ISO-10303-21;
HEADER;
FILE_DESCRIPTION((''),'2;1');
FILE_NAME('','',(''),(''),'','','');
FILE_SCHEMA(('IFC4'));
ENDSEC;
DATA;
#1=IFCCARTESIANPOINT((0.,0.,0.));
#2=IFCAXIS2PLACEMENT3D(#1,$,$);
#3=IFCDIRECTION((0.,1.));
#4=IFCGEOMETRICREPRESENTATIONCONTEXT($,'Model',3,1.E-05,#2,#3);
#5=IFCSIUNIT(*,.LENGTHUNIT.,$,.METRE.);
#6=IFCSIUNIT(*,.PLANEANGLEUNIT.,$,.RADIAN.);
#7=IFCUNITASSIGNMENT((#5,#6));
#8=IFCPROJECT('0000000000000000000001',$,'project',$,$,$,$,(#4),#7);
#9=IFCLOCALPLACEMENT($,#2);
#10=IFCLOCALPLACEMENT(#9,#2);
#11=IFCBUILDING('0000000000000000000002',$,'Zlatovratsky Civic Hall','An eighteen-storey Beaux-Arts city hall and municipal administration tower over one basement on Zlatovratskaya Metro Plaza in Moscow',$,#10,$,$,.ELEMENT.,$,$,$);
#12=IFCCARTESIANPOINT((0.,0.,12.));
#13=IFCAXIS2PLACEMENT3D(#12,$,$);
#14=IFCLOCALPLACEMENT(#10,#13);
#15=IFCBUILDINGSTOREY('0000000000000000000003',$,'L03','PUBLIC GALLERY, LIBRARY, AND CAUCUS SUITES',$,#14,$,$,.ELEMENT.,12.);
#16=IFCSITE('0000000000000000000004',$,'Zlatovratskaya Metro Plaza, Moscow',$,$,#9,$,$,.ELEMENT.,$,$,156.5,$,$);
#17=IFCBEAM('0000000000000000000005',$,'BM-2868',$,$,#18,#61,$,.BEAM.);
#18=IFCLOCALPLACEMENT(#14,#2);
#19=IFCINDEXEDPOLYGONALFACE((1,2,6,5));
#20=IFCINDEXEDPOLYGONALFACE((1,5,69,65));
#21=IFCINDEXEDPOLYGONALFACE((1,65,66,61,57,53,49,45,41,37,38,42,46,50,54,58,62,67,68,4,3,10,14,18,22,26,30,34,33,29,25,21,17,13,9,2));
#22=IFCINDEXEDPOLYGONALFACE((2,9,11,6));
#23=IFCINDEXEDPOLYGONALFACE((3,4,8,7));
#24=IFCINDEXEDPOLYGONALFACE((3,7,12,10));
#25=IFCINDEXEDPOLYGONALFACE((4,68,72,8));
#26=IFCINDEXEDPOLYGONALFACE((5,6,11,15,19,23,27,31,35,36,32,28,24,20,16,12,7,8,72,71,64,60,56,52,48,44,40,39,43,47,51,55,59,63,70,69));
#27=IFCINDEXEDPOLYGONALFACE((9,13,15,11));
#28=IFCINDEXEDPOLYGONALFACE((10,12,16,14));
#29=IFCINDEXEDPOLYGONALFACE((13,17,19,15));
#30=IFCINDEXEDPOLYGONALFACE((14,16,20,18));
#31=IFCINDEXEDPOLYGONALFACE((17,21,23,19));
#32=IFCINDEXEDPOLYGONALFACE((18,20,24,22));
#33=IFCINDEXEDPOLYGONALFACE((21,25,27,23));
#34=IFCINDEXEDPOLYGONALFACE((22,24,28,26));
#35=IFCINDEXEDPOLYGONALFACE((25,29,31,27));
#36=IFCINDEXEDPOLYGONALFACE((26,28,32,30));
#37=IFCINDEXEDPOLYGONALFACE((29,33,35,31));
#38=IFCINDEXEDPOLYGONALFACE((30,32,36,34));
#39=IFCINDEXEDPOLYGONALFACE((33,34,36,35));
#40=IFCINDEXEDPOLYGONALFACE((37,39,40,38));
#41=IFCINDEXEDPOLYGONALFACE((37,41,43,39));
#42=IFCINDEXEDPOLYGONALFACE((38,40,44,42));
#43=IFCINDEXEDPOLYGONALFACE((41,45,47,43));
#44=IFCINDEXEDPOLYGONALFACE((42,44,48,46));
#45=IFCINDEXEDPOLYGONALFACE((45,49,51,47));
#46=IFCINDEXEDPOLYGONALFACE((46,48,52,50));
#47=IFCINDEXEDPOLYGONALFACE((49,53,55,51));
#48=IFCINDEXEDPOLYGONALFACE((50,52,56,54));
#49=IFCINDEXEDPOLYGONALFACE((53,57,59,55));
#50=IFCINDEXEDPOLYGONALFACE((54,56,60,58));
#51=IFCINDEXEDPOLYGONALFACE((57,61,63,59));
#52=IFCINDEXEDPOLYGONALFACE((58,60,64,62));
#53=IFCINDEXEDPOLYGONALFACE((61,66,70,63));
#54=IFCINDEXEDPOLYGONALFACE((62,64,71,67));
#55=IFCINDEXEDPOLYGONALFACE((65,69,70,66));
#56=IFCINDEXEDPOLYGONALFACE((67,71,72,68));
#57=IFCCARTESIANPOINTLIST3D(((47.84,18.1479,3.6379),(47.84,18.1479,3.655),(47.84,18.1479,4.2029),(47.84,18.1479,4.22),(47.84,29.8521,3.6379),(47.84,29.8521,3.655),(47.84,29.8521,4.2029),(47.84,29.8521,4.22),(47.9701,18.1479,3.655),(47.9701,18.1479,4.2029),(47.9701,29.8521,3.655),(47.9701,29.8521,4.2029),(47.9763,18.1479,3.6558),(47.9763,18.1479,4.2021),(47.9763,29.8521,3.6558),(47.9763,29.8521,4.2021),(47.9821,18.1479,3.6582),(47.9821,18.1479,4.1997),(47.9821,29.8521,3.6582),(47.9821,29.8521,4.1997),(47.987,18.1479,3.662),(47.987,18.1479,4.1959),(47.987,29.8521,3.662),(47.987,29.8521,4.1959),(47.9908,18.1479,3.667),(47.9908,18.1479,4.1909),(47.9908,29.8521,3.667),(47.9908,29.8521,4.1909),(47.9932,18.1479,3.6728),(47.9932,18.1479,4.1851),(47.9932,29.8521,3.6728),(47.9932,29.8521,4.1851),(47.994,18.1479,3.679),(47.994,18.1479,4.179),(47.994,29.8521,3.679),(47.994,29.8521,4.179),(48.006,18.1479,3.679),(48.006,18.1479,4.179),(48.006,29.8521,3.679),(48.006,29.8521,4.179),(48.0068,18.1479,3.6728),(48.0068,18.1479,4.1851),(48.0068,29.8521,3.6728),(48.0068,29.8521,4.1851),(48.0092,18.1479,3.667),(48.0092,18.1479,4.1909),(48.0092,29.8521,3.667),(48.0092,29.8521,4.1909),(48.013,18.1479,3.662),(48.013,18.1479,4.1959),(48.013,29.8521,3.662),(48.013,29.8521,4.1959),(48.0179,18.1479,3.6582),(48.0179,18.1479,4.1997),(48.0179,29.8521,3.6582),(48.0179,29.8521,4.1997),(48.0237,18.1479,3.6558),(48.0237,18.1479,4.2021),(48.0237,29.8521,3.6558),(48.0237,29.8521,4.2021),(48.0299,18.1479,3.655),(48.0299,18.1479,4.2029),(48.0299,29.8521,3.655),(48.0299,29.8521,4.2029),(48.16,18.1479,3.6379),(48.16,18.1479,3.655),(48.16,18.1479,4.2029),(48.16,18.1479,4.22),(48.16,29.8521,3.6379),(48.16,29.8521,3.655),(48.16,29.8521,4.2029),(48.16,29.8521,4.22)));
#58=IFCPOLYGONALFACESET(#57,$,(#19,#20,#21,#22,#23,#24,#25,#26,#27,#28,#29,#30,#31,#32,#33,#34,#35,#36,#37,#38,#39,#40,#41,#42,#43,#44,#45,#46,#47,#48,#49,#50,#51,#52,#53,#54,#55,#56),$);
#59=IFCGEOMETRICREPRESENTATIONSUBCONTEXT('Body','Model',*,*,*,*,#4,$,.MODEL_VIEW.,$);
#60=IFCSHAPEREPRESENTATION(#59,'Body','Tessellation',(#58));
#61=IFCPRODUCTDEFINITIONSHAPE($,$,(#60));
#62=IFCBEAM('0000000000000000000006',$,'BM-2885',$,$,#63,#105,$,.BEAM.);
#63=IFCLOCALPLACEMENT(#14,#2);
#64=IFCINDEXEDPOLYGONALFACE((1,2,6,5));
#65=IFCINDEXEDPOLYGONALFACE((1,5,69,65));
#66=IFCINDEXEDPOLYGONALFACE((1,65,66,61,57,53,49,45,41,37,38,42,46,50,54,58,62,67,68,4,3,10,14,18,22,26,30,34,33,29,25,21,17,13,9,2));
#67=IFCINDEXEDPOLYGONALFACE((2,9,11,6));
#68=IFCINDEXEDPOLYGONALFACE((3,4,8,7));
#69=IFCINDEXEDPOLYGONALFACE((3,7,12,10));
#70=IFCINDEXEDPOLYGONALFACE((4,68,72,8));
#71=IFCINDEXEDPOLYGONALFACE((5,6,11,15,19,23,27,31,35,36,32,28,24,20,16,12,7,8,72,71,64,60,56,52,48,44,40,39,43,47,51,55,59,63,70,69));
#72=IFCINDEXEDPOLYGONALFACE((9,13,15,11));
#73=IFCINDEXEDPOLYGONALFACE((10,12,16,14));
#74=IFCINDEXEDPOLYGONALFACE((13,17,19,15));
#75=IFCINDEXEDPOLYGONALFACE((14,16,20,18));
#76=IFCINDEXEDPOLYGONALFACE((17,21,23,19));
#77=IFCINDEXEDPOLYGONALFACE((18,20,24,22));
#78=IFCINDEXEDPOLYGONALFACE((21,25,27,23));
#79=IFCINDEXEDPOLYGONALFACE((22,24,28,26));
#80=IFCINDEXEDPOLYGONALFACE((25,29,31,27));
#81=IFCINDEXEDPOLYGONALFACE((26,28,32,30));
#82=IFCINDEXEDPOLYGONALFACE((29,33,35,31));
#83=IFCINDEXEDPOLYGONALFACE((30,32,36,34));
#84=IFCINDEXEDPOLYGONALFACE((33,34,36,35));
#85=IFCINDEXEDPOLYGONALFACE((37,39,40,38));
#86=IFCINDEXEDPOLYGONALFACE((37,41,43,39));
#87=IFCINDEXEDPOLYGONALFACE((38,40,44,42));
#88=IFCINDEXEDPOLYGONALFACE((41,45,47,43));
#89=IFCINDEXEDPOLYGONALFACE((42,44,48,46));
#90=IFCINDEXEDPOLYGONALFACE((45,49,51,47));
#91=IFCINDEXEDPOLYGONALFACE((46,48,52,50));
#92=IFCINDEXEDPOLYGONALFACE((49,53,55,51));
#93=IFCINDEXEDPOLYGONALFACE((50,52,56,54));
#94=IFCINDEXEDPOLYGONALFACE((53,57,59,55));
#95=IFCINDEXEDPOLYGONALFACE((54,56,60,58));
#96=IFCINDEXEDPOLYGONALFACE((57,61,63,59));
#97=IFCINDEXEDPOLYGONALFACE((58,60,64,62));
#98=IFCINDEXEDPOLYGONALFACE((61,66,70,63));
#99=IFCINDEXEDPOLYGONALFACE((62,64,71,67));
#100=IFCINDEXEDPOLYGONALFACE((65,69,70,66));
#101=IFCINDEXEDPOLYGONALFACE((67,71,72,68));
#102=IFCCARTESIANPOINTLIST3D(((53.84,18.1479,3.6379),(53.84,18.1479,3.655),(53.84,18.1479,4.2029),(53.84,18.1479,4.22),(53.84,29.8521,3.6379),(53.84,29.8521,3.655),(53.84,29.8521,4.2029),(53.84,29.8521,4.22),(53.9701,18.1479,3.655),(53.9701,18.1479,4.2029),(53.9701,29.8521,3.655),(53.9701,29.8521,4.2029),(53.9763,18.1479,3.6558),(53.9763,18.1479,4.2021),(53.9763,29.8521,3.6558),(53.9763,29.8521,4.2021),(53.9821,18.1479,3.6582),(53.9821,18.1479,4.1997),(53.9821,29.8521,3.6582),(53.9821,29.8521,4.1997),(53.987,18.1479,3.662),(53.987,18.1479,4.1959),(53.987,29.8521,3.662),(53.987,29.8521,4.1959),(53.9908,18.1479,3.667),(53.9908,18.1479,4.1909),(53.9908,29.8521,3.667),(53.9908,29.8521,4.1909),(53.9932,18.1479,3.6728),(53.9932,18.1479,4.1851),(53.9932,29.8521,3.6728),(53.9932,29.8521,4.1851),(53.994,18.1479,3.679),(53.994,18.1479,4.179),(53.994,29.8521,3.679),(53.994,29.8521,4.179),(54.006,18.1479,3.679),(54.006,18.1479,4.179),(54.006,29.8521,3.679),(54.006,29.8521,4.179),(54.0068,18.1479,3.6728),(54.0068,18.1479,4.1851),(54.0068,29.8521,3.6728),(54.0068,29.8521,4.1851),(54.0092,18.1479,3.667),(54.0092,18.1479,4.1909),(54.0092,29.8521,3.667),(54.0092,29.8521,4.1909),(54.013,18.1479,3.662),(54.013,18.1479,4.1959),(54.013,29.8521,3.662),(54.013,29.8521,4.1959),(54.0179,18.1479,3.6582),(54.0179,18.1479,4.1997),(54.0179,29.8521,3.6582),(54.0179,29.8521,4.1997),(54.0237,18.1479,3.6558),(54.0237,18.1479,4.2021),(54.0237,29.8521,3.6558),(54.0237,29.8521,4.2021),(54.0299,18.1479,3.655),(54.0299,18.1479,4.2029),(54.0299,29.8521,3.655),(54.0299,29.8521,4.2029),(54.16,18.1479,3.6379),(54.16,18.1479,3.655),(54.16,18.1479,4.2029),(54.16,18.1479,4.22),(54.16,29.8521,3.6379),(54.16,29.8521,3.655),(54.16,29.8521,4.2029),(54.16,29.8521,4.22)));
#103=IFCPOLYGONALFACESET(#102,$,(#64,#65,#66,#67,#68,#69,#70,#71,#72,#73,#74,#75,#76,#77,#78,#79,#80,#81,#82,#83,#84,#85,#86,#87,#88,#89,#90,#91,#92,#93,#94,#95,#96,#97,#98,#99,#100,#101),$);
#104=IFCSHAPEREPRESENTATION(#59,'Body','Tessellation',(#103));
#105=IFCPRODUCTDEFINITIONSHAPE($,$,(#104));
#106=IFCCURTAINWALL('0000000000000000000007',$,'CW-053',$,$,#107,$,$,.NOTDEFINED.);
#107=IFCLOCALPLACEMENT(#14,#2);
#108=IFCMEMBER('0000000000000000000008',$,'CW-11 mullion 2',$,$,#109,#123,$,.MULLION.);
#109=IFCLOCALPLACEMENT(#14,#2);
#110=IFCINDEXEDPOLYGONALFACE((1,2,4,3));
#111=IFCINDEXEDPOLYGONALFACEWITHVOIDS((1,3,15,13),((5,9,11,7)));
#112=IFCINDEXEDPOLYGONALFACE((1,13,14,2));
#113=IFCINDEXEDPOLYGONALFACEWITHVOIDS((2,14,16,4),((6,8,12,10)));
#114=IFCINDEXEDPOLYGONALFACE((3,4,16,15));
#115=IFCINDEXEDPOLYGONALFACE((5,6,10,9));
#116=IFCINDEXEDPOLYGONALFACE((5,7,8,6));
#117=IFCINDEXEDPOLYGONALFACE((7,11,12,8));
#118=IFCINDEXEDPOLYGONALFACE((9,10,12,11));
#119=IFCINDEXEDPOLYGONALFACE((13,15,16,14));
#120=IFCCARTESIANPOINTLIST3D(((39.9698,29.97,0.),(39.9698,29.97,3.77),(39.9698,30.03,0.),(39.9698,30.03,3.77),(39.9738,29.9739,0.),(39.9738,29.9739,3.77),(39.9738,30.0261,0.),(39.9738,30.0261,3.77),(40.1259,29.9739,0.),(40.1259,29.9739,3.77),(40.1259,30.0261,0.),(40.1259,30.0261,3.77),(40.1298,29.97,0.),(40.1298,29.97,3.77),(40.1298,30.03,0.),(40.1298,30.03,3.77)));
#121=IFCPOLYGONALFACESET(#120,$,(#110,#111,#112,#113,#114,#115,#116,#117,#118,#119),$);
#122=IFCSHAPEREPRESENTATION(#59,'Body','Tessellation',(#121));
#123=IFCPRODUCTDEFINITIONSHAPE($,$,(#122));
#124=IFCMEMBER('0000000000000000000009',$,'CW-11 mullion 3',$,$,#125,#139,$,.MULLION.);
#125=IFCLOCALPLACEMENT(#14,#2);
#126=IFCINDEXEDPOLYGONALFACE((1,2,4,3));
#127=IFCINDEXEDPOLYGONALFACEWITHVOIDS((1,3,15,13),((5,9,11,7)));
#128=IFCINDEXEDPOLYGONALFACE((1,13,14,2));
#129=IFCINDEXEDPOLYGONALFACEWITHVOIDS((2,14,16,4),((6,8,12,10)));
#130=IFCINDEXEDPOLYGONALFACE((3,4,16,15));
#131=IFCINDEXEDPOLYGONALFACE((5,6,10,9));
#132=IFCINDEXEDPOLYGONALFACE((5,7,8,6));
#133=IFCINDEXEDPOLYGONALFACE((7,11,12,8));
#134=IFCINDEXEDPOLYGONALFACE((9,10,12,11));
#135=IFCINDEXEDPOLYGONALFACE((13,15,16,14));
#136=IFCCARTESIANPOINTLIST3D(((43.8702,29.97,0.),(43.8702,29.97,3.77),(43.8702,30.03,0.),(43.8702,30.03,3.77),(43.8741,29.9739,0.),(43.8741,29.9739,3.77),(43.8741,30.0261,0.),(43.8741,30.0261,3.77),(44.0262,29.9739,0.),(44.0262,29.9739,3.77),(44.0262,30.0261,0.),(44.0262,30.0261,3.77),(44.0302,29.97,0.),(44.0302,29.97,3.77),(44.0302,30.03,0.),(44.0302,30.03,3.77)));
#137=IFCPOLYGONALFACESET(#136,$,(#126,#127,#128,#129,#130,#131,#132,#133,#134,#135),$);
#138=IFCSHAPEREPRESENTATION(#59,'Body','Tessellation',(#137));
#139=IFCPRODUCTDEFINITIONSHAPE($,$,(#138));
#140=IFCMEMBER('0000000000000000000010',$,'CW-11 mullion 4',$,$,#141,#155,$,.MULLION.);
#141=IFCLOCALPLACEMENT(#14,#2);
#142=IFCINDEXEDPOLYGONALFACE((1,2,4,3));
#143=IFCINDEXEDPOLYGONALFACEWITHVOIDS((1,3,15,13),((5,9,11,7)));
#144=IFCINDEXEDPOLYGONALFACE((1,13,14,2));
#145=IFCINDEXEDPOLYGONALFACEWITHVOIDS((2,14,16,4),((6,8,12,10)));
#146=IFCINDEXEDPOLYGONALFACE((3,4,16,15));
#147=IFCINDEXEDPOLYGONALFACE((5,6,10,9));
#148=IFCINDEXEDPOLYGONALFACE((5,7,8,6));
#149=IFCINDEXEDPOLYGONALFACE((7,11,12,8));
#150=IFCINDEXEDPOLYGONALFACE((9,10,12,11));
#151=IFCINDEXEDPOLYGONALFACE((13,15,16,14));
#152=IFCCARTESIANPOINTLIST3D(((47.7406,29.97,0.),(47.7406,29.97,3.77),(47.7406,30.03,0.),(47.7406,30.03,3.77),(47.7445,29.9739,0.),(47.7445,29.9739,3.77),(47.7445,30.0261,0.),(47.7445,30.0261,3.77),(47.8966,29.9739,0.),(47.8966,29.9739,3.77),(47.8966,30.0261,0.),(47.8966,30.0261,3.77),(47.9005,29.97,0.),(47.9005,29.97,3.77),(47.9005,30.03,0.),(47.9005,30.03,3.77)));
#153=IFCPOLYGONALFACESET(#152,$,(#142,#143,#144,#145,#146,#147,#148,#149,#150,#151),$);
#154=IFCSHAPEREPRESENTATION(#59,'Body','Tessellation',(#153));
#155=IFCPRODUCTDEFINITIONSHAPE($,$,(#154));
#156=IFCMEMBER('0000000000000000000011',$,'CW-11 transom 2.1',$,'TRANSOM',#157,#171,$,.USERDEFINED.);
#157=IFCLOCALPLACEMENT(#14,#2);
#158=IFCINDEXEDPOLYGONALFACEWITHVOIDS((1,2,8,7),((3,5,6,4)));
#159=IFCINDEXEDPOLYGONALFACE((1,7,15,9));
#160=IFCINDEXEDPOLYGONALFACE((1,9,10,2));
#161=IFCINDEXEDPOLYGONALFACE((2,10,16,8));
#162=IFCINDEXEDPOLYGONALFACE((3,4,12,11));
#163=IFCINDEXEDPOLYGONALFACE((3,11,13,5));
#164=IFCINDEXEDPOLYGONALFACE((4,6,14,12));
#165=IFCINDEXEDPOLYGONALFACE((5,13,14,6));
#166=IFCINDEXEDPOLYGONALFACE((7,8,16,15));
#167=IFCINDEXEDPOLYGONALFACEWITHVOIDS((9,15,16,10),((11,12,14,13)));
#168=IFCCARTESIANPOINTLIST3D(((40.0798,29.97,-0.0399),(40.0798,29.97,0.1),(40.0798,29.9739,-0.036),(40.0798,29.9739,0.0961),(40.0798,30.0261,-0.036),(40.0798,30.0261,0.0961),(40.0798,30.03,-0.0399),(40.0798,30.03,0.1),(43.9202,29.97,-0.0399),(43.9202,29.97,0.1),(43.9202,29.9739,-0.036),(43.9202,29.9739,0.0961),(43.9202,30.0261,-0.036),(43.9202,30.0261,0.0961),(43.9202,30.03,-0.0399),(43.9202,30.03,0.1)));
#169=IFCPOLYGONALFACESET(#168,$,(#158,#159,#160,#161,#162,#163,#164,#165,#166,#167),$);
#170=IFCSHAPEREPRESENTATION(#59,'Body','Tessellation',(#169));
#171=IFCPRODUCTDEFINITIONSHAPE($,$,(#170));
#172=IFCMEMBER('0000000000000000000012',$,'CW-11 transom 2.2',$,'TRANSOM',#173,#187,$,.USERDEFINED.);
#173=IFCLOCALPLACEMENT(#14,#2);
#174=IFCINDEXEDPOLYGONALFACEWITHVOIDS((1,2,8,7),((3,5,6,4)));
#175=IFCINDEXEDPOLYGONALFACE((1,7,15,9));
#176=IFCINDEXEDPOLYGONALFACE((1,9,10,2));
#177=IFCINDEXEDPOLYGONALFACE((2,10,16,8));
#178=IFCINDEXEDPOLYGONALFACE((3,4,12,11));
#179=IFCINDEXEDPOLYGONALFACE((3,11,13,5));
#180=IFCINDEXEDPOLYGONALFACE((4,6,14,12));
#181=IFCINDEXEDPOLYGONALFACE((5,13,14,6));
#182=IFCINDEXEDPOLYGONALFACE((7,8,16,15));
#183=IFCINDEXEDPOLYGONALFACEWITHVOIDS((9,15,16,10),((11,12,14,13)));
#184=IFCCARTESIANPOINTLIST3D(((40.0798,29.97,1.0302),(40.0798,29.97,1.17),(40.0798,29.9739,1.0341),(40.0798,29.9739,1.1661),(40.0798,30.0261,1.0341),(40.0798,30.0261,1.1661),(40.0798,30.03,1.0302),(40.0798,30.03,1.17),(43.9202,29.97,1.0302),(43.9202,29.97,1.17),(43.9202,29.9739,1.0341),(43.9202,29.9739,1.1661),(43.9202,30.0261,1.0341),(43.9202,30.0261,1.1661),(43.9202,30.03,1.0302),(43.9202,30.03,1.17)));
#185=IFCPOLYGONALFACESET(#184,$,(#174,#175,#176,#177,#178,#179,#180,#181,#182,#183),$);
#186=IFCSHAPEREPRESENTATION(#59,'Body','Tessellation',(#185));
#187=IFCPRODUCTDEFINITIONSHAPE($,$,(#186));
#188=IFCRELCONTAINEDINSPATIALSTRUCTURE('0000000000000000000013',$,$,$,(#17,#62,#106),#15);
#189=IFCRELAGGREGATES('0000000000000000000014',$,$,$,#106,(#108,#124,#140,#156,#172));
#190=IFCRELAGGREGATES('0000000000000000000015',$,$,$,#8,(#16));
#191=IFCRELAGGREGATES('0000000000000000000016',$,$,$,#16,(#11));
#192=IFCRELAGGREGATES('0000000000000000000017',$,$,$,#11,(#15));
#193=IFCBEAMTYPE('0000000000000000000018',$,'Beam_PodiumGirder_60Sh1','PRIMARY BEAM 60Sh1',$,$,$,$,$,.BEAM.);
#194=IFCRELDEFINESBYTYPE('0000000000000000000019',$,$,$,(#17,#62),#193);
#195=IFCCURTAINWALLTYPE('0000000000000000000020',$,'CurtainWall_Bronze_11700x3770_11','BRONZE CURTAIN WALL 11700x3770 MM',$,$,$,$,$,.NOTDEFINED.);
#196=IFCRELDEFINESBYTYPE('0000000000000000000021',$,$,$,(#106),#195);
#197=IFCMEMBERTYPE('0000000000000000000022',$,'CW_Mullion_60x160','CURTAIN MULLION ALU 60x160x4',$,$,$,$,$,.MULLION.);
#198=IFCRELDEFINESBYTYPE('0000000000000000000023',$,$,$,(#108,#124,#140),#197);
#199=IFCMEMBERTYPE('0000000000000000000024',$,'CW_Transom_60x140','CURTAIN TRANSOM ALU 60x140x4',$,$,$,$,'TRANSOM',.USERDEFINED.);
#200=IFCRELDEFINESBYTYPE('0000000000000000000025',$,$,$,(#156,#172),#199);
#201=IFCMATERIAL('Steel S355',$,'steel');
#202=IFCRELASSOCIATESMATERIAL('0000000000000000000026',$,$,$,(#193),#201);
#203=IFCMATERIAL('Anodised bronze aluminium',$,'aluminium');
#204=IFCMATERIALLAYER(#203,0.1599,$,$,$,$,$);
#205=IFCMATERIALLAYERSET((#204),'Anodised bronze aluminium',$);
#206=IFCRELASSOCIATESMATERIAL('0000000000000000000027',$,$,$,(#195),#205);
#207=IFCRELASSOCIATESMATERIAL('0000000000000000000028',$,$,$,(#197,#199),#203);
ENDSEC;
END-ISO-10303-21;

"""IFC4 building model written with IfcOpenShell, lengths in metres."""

from ifc_helpers import new_model, si_unit, direction, frame, origin, origin_2d, place, context, subcontext, project, spatial, hollow_rectangle, i_section, extrude, material, layer, layer_set, material_profile, profile_set, type_object, element, aggregate, save


model = new_model("IFC4")

# Units and contexts
model_context = context("Model", 3, precision=1e-05, world=origin(), true_north=direction((0.0, 1.0)))
body_context = subcontext(model_context, "Body", "Model", "MODEL_VIEW")
ifc_project = project(units=[si_unit("LENGTHUNIT", "METRE"), si_unit("PLANEANGLEUNIT", "RADIAN")], contexts=[model_context])

# Site, building, storey
site_placement = place(None, origin())
site = spatial("IfcSite", under=ifc_project, at=site_placement, Name="Zlatovratskaya Metro Plaza, Moscow", CompositionType="ELEMENT", RefElevation=156.5)
building_placement = place(site_placement, origin())
building = spatial("IfcBuilding", under=site, at=building_placement, Name="Zlatovratsky Civic Hall", Description="An eighteen-storey Beaux-Arts city hall and municipal administration tower over one basement on Zlatovratskaya Metro Plaza in Moscow", CompositionType="ELEMENT")
storey_placement = place(building_placement, frame((0.0, 0.0, 12.0)))
storey = spatial("IfcBuildingStorey", under=building, at=storey_placement, Name="L03", Description="PUBLIC GALLERY, LIBRARY, AND CAUCUS SUITES", CompositionType="ELEMENT", Elevation=12.0)

# Shared definitions
ifc_material_1 = material(Name="Steel S355", Category="steel")

# Beams
ifc_material_profile_1 = material_profile(ifc_material_1, i_section(OverallWidth=0.3201, OverallDepth=0.582, WebThickness=0.012, FlangeThickness=0.0171, FilletRadius=0.0239, at=origin_2d()), Name="60Sh1")
ifc_profile_set_1 = profile_set([ifc_material_profile_1], Name="Steel S355")
beam_type_1 = type_object("IfcBeamType", Name="Beam_PodiumGirder_60Sh1", Description="PRIMARY BEAM 60Sh1", PredefinedType="BEAM", material=ifc_profile_set_1)
for number, where, z_axis, x_axis, name in (
    (1, (48.0, 18.1479, 3.929), (0.0, 1.0, 0.0), (-1.0, 0.0, 0.0), "BM-2868"),
    (2, (54.0, 18.1479, 3.929), (0.0, 1.0, 0.0), (-1.0, 0.0, 0.0), "BM-2885"),
):
    element("IfcBeam", number, at=place(storey_placement, frame(where, z_axis=z_axis, x_axis=x_axis)), inside=storey, type_object=beam_type_1, Name=name, PredefinedType="BEAM", context=body_context, shape_type="SweptSolid", body=[
        extrude(i_section(OverallWidth=0.3201, OverallDepth=0.582, WebThickness=0.012, FlangeThickness=0.0171, FilletRadius=0.0239, at=origin_2d()), origin(), (0.0, 0.0, 1.0), 11.7041),
    ])

# Curtain wall, members
ifc_material_2 = material(Name="Anodised bronze aluminium", Category="aluminium")
ifc_layer_1 = layer(ifc_material_2, 0.1599)
ifc_layer_set_1 = layer_set([ifc_layer_1], Name="Anodised bronze aluminium")
curtain_wall_type = type_object("IfcCurtainWallType", Name="CurtainWall_Bronze_11700x3770_11", Description="BRONZE CURTAIN WALL 11700x3770 MM", PredefinedType="NOTDEFINED", material=ifc_layer_set_1)
curtain_wall_placement = place(storey_placement, origin())
curtain_wall = element("IfcCurtainWall", 3, at=curtain_wall_placement, inside=storey, type_object=curtain_wall_type, Name="CW-053", PredefinedType="NOTDEFINED")
ifc_material_profile_2 = material_profile(ifc_material_2, hollow_rectangle(XDim=0.0601, YDim=0.1599, WallThickness=0.0039, at=origin_2d()), Name="ALU 60x160x4")
ifc_profile_set_2 = profile_set([ifc_material_profile_2], Name="Anodised bronze aluminium")
member_type_1 = type_object("IfcMemberType", Name="CW_Mullion_60x160", Description="CURTAIN MULLION ALU 60x160x4", PredefinedType="MULLION", material=ifc_profile_set_2)
member_1_placement = place(storey_placement, frame((40.0498, 30.0, 0.0), z_axis=(0.0, 0.0, 1.0), x_axis=(0.0, 1.0, 0.0)))
member_1 = element("IfcMember", 4, at=member_1_placement, type_object=member_type_1, Name="CW-11 mullion 2", PredefinedType="MULLION", context=body_context, shape_type="SweptSolid", body=[
    extrude(hollow_rectangle(XDim=0.0601, YDim=0.1599, WallThickness=0.0039, at=origin_2d()), origin(), (0.0, 0.0, 1.0), 3.77),
])
member_2_placement = place(storey_placement, frame((43.9502, 30.0, 0.0), z_axis=(0.0, 0.0, 1.0), x_axis=(0.0, 1.0, 0.0)))
member_2 = element("IfcMember", 5, at=member_2_placement, type_object=member_type_1, Name="CW-11 mullion 3", PredefinedType="MULLION", context=body_context, shape_type="SweptSolid", body=[
    extrude(hollow_rectangle(XDim=0.0601, YDim=0.1599, WallThickness=0.0039, at=origin_2d()), origin(), (0.0, 0.0, 1.0), 3.77),
])
member_3_placement = place(storey_placement, frame((47.8206, 30.0, 0.0), z_axis=(0.0, 0.0, 1.0), x_axis=(0.0, 1.0, 0.0)))
member_3 = element("IfcMember", 6, at=member_3_placement, type_object=member_type_1, Name="CW-11 mullion 4", PredefinedType="MULLION", context=body_context, shape_type="SweptSolid", body=[
    extrude(hollow_rectangle(XDim=0.0601, YDim=0.1599, WallThickness=0.0039, at=origin_2d()), origin(), (0.0, 0.0, 1.0), 3.77),
])
ifc_material_profile_3 = material_profile(ifc_material_2, hollow_rectangle(XDim=0.0601, YDim=0.1399, WallThickness=0.0039, at=origin_2d()), Name="ALU 60x140x4")
ifc_profile_set_3 = profile_set([ifc_material_profile_3], Name="Anodised bronze aluminium")
member_type_2 = type_object("IfcMemberType", Name="CW_Transom_60x140", Description="CURTAIN TRANSOM ALU 60x140x4", ElementType="TRANSOM", PredefinedType="USERDEFINED", material=ifc_profile_set_3)
member_4_placement = place(storey_placement, frame((40.0798, 30.0, 0.03), z_axis=(1.0, 0.0, 0.0), x_axis=(0.0, 1.0, 0.0)))
member_4 = element("IfcMember", 7, at=member_4_placement, type_object=member_type_2, Name="CW-11 transom 2.1", ObjectType="TRANSOM", PredefinedType="USERDEFINED", context=body_context, shape_type="SweptSolid", body=[
    extrude(hollow_rectangle(XDim=0.0601, YDim=0.1399, WallThickness=0.0039, at=origin_2d()), origin(), (0.0, 0.0, 1.0), 3.8403),
])
member_5_placement = place(storey_placement, frame((40.0798, 30.0, 1.1001), z_axis=(1.0, 0.0, 0.0), x_axis=(0.0, 1.0, 0.0)))
member_5 = element("IfcMember", 8, at=member_5_placement, type_object=member_type_2, Name="CW-11 transom 2.2", ObjectType="TRANSOM", PredefinedType="USERDEFINED", context=body_context, shape_type="SweptSolid", body=[
    extrude(hollow_rectangle(XDim=0.0601, YDim=0.1399, WallThickness=0.0039, at=origin_2d()), origin(), (0.0, 0.0, 1.0), 3.8403),
])

aggregate(curtain_wall, [member_1, member_2, member_3, member_4, member_5])

save(model, "model.ifc")
